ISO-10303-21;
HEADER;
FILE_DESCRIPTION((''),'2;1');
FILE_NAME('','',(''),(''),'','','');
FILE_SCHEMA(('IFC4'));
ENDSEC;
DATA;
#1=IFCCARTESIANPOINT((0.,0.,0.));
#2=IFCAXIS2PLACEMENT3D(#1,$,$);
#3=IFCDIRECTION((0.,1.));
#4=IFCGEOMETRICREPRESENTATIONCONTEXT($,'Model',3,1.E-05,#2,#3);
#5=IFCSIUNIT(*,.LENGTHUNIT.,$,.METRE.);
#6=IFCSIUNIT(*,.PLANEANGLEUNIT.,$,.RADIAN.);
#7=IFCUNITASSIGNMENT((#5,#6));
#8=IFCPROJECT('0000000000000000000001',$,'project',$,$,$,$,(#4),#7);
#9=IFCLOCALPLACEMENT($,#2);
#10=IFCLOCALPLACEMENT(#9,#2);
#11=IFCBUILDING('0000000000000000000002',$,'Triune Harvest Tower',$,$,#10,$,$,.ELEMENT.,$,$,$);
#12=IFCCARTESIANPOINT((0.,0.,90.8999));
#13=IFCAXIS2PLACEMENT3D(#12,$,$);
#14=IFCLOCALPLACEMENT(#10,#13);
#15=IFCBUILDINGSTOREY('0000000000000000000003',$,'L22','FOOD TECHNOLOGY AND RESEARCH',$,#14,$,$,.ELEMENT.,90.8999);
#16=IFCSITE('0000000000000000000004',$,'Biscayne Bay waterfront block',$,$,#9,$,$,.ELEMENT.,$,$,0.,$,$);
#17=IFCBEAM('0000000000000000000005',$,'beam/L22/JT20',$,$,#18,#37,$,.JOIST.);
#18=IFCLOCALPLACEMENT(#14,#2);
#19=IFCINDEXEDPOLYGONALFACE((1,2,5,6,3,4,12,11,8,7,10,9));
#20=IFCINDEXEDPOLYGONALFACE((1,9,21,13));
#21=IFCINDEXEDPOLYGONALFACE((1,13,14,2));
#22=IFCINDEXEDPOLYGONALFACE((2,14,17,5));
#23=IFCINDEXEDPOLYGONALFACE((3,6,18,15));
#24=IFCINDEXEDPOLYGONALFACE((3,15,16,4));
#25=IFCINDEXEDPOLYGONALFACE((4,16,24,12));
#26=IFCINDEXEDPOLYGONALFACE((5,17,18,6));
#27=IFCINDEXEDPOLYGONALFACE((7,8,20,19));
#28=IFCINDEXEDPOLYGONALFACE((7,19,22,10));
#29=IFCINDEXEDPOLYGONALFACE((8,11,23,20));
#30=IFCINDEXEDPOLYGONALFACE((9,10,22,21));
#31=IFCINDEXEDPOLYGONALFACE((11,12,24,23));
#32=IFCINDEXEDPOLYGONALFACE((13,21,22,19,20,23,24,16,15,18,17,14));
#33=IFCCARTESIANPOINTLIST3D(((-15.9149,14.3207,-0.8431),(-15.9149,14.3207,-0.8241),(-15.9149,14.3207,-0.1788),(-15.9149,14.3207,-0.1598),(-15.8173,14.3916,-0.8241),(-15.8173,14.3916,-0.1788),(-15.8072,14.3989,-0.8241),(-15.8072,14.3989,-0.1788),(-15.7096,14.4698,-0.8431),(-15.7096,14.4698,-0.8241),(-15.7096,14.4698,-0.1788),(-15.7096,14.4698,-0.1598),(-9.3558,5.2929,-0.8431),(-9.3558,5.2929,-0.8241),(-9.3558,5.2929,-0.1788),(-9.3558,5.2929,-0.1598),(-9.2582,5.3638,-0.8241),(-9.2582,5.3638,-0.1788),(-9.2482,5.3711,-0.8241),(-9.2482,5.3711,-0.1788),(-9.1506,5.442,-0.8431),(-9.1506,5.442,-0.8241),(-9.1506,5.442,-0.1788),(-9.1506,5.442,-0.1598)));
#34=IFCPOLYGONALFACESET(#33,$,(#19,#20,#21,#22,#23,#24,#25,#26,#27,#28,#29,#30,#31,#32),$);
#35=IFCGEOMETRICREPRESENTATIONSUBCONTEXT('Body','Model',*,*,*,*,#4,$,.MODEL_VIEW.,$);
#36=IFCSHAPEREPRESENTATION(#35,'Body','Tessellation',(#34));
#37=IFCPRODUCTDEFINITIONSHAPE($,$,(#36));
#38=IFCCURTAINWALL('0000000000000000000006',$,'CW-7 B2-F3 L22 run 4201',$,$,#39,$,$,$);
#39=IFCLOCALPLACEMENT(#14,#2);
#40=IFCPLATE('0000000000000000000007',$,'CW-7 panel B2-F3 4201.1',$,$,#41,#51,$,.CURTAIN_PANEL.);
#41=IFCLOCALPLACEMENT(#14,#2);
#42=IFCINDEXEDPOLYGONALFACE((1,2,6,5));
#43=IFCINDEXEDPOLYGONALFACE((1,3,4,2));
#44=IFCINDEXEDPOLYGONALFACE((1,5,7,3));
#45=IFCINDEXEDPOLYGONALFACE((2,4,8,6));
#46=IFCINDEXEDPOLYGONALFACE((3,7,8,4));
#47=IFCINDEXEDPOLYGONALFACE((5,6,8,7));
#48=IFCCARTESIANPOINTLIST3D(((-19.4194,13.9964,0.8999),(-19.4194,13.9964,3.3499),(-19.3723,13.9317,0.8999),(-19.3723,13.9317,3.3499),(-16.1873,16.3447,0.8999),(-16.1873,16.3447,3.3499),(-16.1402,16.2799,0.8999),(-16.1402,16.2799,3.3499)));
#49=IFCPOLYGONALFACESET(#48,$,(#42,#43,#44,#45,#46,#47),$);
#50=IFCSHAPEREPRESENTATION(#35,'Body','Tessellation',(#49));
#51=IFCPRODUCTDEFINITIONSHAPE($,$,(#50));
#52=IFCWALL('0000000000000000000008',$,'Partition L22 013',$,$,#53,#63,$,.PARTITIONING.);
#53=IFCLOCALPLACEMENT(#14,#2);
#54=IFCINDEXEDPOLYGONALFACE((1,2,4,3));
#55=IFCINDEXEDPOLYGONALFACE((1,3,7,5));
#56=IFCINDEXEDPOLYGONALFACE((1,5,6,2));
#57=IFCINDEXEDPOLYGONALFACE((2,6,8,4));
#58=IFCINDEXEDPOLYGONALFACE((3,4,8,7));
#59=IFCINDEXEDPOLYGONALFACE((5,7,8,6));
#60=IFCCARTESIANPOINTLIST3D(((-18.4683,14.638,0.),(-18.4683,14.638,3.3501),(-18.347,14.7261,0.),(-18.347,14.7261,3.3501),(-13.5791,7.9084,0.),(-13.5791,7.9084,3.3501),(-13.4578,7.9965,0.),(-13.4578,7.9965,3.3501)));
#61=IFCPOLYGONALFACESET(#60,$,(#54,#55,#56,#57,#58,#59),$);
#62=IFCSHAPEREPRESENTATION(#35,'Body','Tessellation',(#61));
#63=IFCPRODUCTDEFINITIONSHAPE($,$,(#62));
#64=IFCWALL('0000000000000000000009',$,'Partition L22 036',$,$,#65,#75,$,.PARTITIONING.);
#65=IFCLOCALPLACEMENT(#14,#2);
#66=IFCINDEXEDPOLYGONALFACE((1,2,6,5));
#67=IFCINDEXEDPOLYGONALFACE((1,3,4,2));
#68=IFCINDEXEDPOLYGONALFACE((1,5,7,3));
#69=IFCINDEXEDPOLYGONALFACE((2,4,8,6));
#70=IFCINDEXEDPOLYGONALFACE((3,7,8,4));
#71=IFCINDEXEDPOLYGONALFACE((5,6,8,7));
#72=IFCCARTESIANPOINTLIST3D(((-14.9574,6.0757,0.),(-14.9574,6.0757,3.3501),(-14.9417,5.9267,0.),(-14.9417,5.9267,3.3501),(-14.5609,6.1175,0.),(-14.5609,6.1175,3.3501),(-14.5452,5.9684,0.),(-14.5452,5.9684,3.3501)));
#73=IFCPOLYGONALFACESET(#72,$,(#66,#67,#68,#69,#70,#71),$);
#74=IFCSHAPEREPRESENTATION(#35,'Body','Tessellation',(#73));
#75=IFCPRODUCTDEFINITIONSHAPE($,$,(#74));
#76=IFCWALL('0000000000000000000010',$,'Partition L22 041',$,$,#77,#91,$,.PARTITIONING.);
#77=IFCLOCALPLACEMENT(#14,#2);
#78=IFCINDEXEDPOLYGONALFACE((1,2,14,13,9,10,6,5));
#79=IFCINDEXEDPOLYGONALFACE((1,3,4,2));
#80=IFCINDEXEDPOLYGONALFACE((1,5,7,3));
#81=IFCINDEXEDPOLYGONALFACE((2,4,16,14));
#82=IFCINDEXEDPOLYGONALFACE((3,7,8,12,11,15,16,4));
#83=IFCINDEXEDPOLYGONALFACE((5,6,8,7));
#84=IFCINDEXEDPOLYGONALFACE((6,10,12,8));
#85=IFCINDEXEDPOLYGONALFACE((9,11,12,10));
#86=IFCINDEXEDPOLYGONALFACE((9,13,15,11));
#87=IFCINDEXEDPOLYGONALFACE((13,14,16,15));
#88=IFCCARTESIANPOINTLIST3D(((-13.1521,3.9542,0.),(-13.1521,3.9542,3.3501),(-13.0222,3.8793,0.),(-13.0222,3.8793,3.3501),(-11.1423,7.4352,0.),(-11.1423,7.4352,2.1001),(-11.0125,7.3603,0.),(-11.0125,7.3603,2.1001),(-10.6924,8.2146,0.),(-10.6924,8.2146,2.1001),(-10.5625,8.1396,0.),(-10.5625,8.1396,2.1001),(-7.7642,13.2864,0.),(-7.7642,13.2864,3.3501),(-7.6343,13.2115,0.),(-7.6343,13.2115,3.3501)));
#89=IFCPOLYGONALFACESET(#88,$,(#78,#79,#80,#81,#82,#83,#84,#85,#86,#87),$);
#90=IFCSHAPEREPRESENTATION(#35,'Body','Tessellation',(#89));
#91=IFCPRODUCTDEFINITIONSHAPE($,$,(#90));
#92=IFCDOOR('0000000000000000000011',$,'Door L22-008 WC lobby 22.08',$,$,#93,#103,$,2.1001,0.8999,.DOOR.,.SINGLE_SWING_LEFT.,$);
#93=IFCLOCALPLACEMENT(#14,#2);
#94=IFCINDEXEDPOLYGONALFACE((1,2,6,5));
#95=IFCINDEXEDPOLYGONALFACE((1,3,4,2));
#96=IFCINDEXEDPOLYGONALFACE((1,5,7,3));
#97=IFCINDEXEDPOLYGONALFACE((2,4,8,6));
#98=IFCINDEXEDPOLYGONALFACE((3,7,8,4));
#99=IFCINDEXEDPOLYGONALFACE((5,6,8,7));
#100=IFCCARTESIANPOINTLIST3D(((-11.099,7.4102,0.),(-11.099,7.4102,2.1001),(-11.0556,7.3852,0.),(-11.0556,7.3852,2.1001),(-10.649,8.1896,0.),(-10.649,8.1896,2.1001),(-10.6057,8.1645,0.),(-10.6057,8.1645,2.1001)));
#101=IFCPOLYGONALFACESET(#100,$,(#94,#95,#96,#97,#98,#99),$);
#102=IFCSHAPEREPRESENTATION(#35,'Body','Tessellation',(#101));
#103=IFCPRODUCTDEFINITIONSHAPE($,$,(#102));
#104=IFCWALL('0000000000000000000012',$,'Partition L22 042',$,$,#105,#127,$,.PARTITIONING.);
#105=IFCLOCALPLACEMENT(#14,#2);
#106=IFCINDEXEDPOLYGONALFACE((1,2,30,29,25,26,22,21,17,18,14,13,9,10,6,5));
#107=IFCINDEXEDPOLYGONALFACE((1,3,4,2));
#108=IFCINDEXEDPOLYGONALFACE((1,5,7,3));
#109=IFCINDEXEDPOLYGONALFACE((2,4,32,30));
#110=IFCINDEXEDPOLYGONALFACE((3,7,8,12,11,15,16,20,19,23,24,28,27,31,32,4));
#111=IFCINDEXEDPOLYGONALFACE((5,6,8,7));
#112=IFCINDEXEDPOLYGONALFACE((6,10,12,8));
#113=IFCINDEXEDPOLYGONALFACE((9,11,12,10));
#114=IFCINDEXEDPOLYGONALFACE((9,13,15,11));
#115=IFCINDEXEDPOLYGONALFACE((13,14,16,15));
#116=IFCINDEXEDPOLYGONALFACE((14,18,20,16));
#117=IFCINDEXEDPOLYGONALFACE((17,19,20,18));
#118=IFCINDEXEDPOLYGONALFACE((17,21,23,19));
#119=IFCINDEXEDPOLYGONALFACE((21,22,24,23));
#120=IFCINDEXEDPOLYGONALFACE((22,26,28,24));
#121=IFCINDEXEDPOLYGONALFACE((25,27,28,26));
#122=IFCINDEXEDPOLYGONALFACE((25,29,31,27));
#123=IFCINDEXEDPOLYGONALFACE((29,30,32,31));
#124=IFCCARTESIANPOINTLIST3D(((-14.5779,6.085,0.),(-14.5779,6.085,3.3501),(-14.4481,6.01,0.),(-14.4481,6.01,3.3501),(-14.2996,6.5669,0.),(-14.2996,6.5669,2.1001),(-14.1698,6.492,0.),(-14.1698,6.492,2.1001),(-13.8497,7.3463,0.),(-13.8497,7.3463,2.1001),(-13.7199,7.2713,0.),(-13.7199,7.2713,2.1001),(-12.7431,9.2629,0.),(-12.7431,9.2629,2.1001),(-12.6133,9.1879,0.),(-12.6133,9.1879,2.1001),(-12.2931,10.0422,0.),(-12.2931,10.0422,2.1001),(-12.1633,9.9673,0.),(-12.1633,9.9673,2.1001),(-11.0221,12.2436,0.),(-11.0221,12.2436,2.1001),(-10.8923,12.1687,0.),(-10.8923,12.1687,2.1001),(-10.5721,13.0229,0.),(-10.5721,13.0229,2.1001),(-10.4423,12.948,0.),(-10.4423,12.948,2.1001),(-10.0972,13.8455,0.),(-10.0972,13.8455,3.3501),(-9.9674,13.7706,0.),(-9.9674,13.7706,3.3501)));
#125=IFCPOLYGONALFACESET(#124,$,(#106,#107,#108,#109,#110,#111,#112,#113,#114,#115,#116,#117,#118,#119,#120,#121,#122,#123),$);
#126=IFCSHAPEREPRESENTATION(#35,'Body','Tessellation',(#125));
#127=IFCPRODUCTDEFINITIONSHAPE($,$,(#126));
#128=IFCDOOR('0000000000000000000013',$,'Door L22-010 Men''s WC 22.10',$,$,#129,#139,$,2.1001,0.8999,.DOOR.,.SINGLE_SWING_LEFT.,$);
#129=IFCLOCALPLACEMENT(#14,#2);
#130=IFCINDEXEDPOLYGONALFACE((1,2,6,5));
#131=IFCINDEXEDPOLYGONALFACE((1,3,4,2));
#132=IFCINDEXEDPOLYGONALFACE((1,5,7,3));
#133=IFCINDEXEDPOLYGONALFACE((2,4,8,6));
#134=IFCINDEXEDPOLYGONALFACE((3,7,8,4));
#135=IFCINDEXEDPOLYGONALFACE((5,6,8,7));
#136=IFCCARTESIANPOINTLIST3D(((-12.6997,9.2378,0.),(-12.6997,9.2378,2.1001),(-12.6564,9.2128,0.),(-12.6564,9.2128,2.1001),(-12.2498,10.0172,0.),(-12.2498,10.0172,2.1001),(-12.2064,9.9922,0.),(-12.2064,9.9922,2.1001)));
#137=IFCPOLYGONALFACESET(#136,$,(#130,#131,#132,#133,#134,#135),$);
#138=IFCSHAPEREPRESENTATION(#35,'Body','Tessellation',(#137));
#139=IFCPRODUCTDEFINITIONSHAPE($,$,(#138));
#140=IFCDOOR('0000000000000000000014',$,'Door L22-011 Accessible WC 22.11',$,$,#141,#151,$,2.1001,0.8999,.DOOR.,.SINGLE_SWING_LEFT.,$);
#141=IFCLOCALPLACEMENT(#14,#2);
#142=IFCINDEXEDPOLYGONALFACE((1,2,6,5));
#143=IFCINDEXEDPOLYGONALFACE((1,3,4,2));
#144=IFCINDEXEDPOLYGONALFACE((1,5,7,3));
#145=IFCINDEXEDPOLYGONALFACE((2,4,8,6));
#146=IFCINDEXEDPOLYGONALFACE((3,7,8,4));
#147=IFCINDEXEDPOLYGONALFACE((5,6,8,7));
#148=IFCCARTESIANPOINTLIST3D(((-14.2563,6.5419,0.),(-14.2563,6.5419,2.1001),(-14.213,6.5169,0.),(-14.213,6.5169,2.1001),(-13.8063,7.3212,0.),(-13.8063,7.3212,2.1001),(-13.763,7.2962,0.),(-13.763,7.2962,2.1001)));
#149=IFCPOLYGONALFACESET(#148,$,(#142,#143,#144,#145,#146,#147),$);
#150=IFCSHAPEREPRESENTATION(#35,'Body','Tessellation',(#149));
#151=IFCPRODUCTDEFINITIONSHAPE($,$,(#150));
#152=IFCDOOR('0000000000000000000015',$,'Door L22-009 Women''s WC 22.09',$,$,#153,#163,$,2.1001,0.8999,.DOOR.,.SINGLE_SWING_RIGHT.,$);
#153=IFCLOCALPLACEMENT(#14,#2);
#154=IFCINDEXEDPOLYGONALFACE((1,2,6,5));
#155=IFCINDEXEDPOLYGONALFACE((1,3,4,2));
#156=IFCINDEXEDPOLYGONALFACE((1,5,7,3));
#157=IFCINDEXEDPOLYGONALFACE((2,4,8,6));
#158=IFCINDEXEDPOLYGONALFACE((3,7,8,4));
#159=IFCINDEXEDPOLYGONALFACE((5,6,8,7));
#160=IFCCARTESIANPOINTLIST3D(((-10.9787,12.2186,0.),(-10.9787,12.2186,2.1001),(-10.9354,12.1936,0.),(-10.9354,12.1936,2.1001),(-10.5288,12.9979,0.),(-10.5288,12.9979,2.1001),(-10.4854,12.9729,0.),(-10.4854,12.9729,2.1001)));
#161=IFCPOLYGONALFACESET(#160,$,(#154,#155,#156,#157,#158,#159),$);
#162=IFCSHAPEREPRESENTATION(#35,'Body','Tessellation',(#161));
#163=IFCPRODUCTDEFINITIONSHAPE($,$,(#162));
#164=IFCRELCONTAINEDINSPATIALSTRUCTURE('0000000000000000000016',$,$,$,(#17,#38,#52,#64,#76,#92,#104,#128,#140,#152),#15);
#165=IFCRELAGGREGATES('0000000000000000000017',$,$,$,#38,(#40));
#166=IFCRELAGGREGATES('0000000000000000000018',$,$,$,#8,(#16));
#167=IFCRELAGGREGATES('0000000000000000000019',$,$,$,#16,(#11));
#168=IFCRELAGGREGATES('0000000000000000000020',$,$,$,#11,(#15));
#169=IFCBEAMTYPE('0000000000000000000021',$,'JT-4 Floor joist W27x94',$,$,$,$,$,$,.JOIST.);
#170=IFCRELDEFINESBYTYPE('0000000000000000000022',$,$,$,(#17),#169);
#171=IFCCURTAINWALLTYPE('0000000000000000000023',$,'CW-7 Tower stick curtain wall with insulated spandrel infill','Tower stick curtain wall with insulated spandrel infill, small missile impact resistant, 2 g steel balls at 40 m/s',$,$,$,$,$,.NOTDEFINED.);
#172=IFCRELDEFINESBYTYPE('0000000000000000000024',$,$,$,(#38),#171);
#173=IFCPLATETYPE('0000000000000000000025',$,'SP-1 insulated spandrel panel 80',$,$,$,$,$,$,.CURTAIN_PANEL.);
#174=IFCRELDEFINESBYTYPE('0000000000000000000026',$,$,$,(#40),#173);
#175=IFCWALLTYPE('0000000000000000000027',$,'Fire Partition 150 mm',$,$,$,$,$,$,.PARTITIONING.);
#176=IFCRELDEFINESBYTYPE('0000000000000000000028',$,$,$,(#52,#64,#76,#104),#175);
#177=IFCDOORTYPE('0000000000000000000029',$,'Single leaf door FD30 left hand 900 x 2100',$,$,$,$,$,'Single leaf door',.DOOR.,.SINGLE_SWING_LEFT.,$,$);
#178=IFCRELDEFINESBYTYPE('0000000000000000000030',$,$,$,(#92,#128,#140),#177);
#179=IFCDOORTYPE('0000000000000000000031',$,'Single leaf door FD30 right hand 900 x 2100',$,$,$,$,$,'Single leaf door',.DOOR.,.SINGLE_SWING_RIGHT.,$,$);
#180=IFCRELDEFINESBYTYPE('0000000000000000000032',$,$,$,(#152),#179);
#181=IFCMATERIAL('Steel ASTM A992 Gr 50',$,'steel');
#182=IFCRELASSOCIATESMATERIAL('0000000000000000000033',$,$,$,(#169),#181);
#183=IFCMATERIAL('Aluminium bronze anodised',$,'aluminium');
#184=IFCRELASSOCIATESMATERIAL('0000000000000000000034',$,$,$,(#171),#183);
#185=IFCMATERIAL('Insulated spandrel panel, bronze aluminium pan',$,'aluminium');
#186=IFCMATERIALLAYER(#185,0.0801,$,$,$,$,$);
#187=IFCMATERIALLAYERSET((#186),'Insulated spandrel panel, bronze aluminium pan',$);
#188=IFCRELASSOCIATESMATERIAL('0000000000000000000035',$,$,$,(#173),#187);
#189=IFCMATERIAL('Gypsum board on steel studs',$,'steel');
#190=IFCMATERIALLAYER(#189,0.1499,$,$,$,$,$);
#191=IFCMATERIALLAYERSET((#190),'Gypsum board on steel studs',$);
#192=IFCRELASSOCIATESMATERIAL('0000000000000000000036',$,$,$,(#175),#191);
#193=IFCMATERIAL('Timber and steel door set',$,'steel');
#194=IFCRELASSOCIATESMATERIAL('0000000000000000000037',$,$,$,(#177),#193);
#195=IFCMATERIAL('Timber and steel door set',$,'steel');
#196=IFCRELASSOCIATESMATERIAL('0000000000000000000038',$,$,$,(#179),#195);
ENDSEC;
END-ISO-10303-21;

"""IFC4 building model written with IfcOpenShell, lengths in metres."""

from ifc_helpers import new_model, si_unit, direction, frame, frame_2d, origin, origin_2d, place, context, subcontext, project, spatial, rectangle, i_section, extrude, source, transform, mapped, material, layer, layer_set, material_profile, profile_set, type_object, element, fill, aggregate, save


model = new_model("IFC4")

# Units and contexts
model_context = context("Model", 3, precision=1e-05, world=origin(), true_north=direction((0.0, 1.0)))
body_context = subcontext(model_context, "Body", "Model", "MODEL_VIEW")
ifc_project = project(units=[si_unit("LENGTHUNIT", "METRE"), si_unit("PLANEANGLEUNIT", "RADIAN")], contexts=[model_context])

# Site, building, storey
site_placement = place(None, origin())
site = spatial("IfcSite", under=ifc_project, at=site_placement, Name="Biscayne Bay waterfront block", CompositionType="ELEMENT", RefElevation=0.0)
building_placement = place(site_placement, origin())
building = spatial("IfcBuilding", under=site, at=building_placement, Name="Triune Harvest Tower", CompositionType="ELEMENT")
storey_placement = place(building_placement, frame((0.0, 0.0, 90.8999)))
storey = spatial("IfcBuildingStorey", under=building, at=storey_placement, Name="L22", Description="FOOD TECHNOLOGY AND RESEARCH", CompositionType="ELEMENT", Elevation=90.8999)

# Beam
ifc_material_1 = material(Name="Steel ASTM A992 Gr 50", Category="steel")
ifc_material_profile = material_profile(ifc_material_1, i_section(OverallWidth=0.2537, OverallDepth=0.6833, WebThickness=0.0125, FlangeThickness=0.019, at=origin_2d()), Name="W27x94")
ifc_profile_set = profile_set([ifc_material_profile], Name="Steel ASTM A992 Gr 50")
beam_type = type_object("IfcBeamType", Name="JT-4 Floor joist W27x94", PredefinedType="JOIST", material=ifc_profile_set)
shared_shape_1 = source(origin(), body_context, "Body", "SweptSolid", [
    extrude(i_section(OverallWidth=0.2537, OverallDepth=0.6833, WebThickness=0.0125, FlangeThickness=0.019, at=origin_2d()), origin(), (0.0, 0.0, 1.0), 11.1589),
])
beam_placement = place(storey_placement, frame((-15.8123, 14.3953, -0.5015), z_axis=(0.587784, -0.809018, 0.0), x_axis=(0.809018, 0.587784, 0.0)))
element("IfcBeam", 1, at=beam_placement, inside=storey, type_object=beam_type, Name="beam/L22/JT20", PredefinedType="JOIST", context=body_context, shape_type="MappedRepresentation", body=[
    mapped(shared_shape_1, transform((0.0, 0.0, 0.0), scale=1.0)),
])

# Curtain wall, plate
ifc_material_2 = material(Name="Aluminium bronze anodised", Category="aluminium")
curtain_wall_type = type_object("IfcCurtainWallType", Name="CW-7 Tower stick curtain wall with insulated spandrel infill", Description="Tower stick curtain wall with insulated spandrel infill, small missile impact resistant, 2 g steel balls at 40 m/s", PredefinedType="NOTDEFINED", material=ifc_material_2)
curtain_wall_placement = place(storey_placement, origin())
curtain_wall = element("IfcCurtainWall", 2, at=curtain_wall_placement, inside=storey, type_object=curtain_wall_type, Name="CW-7 B2-F3 L22 run 4201")
ifc_material_3 = material(Name="Insulated spandrel panel, bronze aluminium pan", Category="aluminium")
ifc_layer_1 = layer(ifc_material_3, 0.0801)
ifc_layer_set_1 = layer_set([ifc_layer_1], Name="Insulated spandrel panel, bronze aluminium pan")
plate_type = type_object("IfcPlateType", Name="SP-1 insulated spandrel panel 80", PredefinedType="CURTAIN_PANEL", material=ifc_layer_set_1)
shared_shape_2 = source(origin(), body_context, "Body", "SweptSolid", [
    extrude(rectangle(XDim=3.9951, YDim=0.0801, at=origin_2d()), origin(), (0.0, 0.0, 1.0), 2.45),
])
plate_placement = place(storey_placement, frame((-17.7798, 15.1382, 0.8999), z_axis=(0.0, 0.0, 1.0), x_axis=(-0.809016, -0.587787, 0.0)))
plate = element("IfcPlate", 3, at=plate_placement, type_object=plate_type, Name="CW-7 panel B2-F3 4201.1", PredefinedType="CURTAIN_PANEL", context=body_context, shape_type="MappedRepresentation", body=[
    mapped(shared_shape_2, transform((0.0, 0.0, 0.0), scale=1.0)),
])
aggregate(curtain_wall, [plate])

# Walls
ifc_material_4 = material(Name="Gypsum board on steel studs", Category="steel")
ifc_layer_2 = layer(ifc_material_4, 0.1499)
ifc_layer_set_2 = layer_set([ifc_layer_2], Name="Gypsum board on steel studs")
wall_type_1 = type_object("IfcWallType", Name="Fire Partition 150 mm", PredefinedType="PARTITIONING", material=ifc_layer_set_2)
wall_1_placement = place(storey_placement, frame((-18.4077, 14.6821, 0.0), z_axis=(0.0, 0.0, 1.0), x_axis=(0.587777, -0.809023, 0.0)))
element("IfcWall", 4, at=wall_1_placement, inside=storey, type_object=wall_type_1, Name="Partition L22 013", PredefinedType="PARTITIONING", context=body_context, shape_type="SweptSolid", body=[
    extrude(rectangle(XDim=8.3181, YDim=0.1499, at=frame_2d((4.1592, 0.0))), origin(), (0.0, 0.0, 1.0), 3.3501),
])
wall_2_placement = place(storey_placement, frame((-14.9495, 6.0012, 0.0), z_axis=(0.0, 0.0, 1.0), x_axis=(0.994502, 0.104717, 0.0)))
element("IfcWall", 5, at=wall_2_placement, inside=storey, type_object=wall_type_1, Name="Partition L22 036", PredefinedType="PARTITIONING", context=body_context, shape_type="SweptSolid", body=[
    extrude(rectangle(XDim=0.3987, YDim=0.1499, at=frame_2d((0.1992, 0.0))), origin(), (0.0, 0.0, 1.0), 3.3501),
])

# Wall, opening, door
wall_3_placement = place(storey_placement, frame((-13.0872, 3.9167, 0.0), z_axis=(0.0, 0.0, 1.0), x_axis=(0.499996, 0.866028, 0.0)))
wall_3 = element("IfcWall", 6, at=wall_3_placement, inside=storey, type_object=wall_type_1, Name="Partition L22 041", PredefinedType="PARTITIONING", context=body_context, shape_type="SweptSolid", body=[
    extrude(rectangle(XDim=10.7759, YDim=0.1499, at=frame_2d((5.3879, 0.0))), origin(), (0.0, 0.0, 1.0), 3.3501),
])
opening_1_placement = place(wall_3_placement, frame((4.0195, 0.0, 0.0)))
opening_1 = element("IfcOpeningElement", 7, at=opening_1_placement, cuts=wall_3, PredefinedType="OPENING", context=body_context, shape_type="SweptSolid", body=[
    extrude(rectangle(XDim=0.8999, YDim=2.1001, at=frame_2d((0.45, 1.05))), frame((0.0, 0.085, 0.0), z_axis=(0.0, -1.0, 0.0), x_axis=(1.0, 0.0, 0.0)), (0.0, 0.0, 1.0), 0.1699),
])
ifc_material_5 = material(Name="Timber and steel door set", Category="steel")
door_type_1 = type_object("IfcDoorType", Name="Single leaf door FD30 left hand 900 x 2100", ElementType="Single leaf door", OperationType="SINGLE_SWING_LEFT", PredefinedType="DOOR", material=ifc_material_5)
door_1_placement = place(opening_1_placement, origin())
door_1 = element("IfcDoor", 8, at=door_1_placement, inside=storey, type_object=door_type_1, Name="Door L22-008 WC lobby 22.08", OperationType="SINGLE_SWING_LEFT", OverallHeight=2.1001, OverallWidth=0.8999, PredefinedType="DOOR", context=body_context, shape_type="SweptSolid", body=[
    extrude(rectangle(XDim=0.8999, YDim=2.1001, at=frame_2d((0.45, 1.05))), frame((0.0, 0.0249, 0.0), z_axis=(0.0, -1.0, 0.0), x_axis=(1.0, 0.0, 0.0)), (0.0, 0.0, 1.0), 0.05),
])
fill(opening_1, door_1)

# Wall, openings, doors
wall_4_placement = place(storey_placement, frame((-14.5129, 6.0476, 0.0), z_axis=(0.0, 0.0, 1.0), x_axis=(0.500016, 0.866016, 0.0)))
wall_4 = element("IfcWall", 9, at=wall_4_placement, inside=storey, type_object=wall_type_1, Name="Partition L22 042", PredefinedType="PARTITIONING", context=body_context, shape_type="SweptSolid", body=[
    extrude(rectangle(XDim=8.9612, YDim=0.1499, at=frame_2d((4.4805, 0.0))), origin(), (0.0, 0.0, 1.0), 3.3501),
])
opening_2_placement = place(wall_4_placement, frame((7.1113, 0.0, 0.0)))
opening_2 = element("IfcOpeningElement", 10, at=opening_2_placement, cuts=wall_4, PredefinedType="OPENING", context=body_context, shape_type="SweptSolid", body=[
    extrude(rectangle(XDim=0.8999, YDim=2.1001, at=frame_2d((0.45, 1.05))), frame((0.0, 0.085, 0.0), z_axis=(0.0, -1.0, 0.0), x_axis=(1.0, 0.0, 0.0)), (0.0, 0.0, 1.0), 0.1699),
])
opening_3_placement = place(wall_4_placement, frame((3.6694, 0.0, 0.0)))
opening_3 = element("IfcOpeningElement", 11, at=opening_3_placement, cuts=wall_4, PredefinedType="OPENING", context=body_context, shape_type="SweptSolid", body=[
    extrude(rectangle(XDim=0.8999, YDim=2.1001, at=frame_2d((0.45, 1.05))), frame((0.0, 0.085, 0.0), z_axis=(0.0, -1.0, 0.0), x_axis=(1.0, 0.0, 0.0)), (0.0, 0.0, 1.0), 0.1699),
])
opening_4_placement = place(wall_4_placement, frame((0.5564, 0.0, 0.0)))
opening_4 = element("IfcOpeningElement", 12, at=opening_4_placement, cuts=wall_4, PredefinedType="OPENING", context=body_context, shape_type="SweptSolid", body=[
    extrude(rectangle(XDim=0.8999, YDim=2.1001, at=frame_2d((0.45, 1.05))), frame((0.0, 0.085, 0.0), z_axis=(0.0, -1.0, 0.0), x_axis=(1.0, 0.0, 0.0)), (0.0, 0.0, 1.0), 0.1699),
])
door_2_placement = place(opening_3_placement, origin())
door_2 = element("IfcDoor", 13, at=door_2_placement, inside=storey, type_object=door_type_1, Name="Door L22-010 Men's WC 22.10", OperationType="SINGLE_SWING_LEFT", OverallHeight=2.1001, OverallWidth=0.8999, PredefinedType="DOOR", context=body_context, shape_type="SweptSolid", body=[
    extrude(rectangle(XDim=0.8999, YDim=2.1001, at=frame_2d((0.45, 1.05))), frame((0.0, 0.0249, 0.0), z_axis=(0.0, -1.0, 0.0), x_axis=(1.0, 0.0, 0.0)), (0.0, 0.0, 1.0), 0.05),
])
fill(opening_3, door_2)
door_3_placement = place(opening_4_placement, origin())
door_3 = element("IfcDoor", 14, at=door_3_placement, inside=storey, type_object=door_type_1, Name="Door L22-011 Accessible WC 22.11", OperationType="SINGLE_SWING_LEFT", OverallHeight=2.1001, OverallWidth=0.8999, PredefinedType="DOOR", context=body_context, shape_type="SweptSolid", body=[
    extrude(rectangle(XDim=0.8999, YDim=2.1001, at=frame_2d((0.45, 1.05))), frame((0.0, 0.0249, 0.0), z_axis=(0.0, -1.0, 0.0), x_axis=(1.0, 0.0, 0.0)), (0.0, 0.0, 1.0), 0.05),
])
fill(opening_4, door_3)
ifc_material_6 = material(Name="Timber and steel door set", Category="steel")
door_type_2 = type_object("IfcDoorType", Name="Single leaf door FD30 right hand 900 x 2100", ElementType="Single leaf door", OperationType="SINGLE_SWING_RIGHT", PredefinedType="DOOR", material=ifc_material_6)
door_4_placement = place(opening_2_placement, origin())
door_4 = element("IfcDoor", 15, at=door_4_placement, inside=storey, type_object=door_type_2, Name="Door L22-009 Women's WC 22.09", OperationType="SINGLE_SWING_RIGHT", OverallHeight=2.1001, OverallWidth=0.8999, PredefinedType="DOOR", context=body_context, shape_type="SweptSolid", body=[
    extrude(rectangle(XDim=0.8999, YDim=2.1001, at=frame_2d((0.45, 1.05))), frame((0.0, 0.0249, 0.0), z_axis=(0.0, -1.0, 0.0), x_axis=(1.0, 0.0, 0.0)), (0.0, 0.0, 1.0), 0.05),
])
fill(opening_2, door_4)

save(model, "model.ifc")
